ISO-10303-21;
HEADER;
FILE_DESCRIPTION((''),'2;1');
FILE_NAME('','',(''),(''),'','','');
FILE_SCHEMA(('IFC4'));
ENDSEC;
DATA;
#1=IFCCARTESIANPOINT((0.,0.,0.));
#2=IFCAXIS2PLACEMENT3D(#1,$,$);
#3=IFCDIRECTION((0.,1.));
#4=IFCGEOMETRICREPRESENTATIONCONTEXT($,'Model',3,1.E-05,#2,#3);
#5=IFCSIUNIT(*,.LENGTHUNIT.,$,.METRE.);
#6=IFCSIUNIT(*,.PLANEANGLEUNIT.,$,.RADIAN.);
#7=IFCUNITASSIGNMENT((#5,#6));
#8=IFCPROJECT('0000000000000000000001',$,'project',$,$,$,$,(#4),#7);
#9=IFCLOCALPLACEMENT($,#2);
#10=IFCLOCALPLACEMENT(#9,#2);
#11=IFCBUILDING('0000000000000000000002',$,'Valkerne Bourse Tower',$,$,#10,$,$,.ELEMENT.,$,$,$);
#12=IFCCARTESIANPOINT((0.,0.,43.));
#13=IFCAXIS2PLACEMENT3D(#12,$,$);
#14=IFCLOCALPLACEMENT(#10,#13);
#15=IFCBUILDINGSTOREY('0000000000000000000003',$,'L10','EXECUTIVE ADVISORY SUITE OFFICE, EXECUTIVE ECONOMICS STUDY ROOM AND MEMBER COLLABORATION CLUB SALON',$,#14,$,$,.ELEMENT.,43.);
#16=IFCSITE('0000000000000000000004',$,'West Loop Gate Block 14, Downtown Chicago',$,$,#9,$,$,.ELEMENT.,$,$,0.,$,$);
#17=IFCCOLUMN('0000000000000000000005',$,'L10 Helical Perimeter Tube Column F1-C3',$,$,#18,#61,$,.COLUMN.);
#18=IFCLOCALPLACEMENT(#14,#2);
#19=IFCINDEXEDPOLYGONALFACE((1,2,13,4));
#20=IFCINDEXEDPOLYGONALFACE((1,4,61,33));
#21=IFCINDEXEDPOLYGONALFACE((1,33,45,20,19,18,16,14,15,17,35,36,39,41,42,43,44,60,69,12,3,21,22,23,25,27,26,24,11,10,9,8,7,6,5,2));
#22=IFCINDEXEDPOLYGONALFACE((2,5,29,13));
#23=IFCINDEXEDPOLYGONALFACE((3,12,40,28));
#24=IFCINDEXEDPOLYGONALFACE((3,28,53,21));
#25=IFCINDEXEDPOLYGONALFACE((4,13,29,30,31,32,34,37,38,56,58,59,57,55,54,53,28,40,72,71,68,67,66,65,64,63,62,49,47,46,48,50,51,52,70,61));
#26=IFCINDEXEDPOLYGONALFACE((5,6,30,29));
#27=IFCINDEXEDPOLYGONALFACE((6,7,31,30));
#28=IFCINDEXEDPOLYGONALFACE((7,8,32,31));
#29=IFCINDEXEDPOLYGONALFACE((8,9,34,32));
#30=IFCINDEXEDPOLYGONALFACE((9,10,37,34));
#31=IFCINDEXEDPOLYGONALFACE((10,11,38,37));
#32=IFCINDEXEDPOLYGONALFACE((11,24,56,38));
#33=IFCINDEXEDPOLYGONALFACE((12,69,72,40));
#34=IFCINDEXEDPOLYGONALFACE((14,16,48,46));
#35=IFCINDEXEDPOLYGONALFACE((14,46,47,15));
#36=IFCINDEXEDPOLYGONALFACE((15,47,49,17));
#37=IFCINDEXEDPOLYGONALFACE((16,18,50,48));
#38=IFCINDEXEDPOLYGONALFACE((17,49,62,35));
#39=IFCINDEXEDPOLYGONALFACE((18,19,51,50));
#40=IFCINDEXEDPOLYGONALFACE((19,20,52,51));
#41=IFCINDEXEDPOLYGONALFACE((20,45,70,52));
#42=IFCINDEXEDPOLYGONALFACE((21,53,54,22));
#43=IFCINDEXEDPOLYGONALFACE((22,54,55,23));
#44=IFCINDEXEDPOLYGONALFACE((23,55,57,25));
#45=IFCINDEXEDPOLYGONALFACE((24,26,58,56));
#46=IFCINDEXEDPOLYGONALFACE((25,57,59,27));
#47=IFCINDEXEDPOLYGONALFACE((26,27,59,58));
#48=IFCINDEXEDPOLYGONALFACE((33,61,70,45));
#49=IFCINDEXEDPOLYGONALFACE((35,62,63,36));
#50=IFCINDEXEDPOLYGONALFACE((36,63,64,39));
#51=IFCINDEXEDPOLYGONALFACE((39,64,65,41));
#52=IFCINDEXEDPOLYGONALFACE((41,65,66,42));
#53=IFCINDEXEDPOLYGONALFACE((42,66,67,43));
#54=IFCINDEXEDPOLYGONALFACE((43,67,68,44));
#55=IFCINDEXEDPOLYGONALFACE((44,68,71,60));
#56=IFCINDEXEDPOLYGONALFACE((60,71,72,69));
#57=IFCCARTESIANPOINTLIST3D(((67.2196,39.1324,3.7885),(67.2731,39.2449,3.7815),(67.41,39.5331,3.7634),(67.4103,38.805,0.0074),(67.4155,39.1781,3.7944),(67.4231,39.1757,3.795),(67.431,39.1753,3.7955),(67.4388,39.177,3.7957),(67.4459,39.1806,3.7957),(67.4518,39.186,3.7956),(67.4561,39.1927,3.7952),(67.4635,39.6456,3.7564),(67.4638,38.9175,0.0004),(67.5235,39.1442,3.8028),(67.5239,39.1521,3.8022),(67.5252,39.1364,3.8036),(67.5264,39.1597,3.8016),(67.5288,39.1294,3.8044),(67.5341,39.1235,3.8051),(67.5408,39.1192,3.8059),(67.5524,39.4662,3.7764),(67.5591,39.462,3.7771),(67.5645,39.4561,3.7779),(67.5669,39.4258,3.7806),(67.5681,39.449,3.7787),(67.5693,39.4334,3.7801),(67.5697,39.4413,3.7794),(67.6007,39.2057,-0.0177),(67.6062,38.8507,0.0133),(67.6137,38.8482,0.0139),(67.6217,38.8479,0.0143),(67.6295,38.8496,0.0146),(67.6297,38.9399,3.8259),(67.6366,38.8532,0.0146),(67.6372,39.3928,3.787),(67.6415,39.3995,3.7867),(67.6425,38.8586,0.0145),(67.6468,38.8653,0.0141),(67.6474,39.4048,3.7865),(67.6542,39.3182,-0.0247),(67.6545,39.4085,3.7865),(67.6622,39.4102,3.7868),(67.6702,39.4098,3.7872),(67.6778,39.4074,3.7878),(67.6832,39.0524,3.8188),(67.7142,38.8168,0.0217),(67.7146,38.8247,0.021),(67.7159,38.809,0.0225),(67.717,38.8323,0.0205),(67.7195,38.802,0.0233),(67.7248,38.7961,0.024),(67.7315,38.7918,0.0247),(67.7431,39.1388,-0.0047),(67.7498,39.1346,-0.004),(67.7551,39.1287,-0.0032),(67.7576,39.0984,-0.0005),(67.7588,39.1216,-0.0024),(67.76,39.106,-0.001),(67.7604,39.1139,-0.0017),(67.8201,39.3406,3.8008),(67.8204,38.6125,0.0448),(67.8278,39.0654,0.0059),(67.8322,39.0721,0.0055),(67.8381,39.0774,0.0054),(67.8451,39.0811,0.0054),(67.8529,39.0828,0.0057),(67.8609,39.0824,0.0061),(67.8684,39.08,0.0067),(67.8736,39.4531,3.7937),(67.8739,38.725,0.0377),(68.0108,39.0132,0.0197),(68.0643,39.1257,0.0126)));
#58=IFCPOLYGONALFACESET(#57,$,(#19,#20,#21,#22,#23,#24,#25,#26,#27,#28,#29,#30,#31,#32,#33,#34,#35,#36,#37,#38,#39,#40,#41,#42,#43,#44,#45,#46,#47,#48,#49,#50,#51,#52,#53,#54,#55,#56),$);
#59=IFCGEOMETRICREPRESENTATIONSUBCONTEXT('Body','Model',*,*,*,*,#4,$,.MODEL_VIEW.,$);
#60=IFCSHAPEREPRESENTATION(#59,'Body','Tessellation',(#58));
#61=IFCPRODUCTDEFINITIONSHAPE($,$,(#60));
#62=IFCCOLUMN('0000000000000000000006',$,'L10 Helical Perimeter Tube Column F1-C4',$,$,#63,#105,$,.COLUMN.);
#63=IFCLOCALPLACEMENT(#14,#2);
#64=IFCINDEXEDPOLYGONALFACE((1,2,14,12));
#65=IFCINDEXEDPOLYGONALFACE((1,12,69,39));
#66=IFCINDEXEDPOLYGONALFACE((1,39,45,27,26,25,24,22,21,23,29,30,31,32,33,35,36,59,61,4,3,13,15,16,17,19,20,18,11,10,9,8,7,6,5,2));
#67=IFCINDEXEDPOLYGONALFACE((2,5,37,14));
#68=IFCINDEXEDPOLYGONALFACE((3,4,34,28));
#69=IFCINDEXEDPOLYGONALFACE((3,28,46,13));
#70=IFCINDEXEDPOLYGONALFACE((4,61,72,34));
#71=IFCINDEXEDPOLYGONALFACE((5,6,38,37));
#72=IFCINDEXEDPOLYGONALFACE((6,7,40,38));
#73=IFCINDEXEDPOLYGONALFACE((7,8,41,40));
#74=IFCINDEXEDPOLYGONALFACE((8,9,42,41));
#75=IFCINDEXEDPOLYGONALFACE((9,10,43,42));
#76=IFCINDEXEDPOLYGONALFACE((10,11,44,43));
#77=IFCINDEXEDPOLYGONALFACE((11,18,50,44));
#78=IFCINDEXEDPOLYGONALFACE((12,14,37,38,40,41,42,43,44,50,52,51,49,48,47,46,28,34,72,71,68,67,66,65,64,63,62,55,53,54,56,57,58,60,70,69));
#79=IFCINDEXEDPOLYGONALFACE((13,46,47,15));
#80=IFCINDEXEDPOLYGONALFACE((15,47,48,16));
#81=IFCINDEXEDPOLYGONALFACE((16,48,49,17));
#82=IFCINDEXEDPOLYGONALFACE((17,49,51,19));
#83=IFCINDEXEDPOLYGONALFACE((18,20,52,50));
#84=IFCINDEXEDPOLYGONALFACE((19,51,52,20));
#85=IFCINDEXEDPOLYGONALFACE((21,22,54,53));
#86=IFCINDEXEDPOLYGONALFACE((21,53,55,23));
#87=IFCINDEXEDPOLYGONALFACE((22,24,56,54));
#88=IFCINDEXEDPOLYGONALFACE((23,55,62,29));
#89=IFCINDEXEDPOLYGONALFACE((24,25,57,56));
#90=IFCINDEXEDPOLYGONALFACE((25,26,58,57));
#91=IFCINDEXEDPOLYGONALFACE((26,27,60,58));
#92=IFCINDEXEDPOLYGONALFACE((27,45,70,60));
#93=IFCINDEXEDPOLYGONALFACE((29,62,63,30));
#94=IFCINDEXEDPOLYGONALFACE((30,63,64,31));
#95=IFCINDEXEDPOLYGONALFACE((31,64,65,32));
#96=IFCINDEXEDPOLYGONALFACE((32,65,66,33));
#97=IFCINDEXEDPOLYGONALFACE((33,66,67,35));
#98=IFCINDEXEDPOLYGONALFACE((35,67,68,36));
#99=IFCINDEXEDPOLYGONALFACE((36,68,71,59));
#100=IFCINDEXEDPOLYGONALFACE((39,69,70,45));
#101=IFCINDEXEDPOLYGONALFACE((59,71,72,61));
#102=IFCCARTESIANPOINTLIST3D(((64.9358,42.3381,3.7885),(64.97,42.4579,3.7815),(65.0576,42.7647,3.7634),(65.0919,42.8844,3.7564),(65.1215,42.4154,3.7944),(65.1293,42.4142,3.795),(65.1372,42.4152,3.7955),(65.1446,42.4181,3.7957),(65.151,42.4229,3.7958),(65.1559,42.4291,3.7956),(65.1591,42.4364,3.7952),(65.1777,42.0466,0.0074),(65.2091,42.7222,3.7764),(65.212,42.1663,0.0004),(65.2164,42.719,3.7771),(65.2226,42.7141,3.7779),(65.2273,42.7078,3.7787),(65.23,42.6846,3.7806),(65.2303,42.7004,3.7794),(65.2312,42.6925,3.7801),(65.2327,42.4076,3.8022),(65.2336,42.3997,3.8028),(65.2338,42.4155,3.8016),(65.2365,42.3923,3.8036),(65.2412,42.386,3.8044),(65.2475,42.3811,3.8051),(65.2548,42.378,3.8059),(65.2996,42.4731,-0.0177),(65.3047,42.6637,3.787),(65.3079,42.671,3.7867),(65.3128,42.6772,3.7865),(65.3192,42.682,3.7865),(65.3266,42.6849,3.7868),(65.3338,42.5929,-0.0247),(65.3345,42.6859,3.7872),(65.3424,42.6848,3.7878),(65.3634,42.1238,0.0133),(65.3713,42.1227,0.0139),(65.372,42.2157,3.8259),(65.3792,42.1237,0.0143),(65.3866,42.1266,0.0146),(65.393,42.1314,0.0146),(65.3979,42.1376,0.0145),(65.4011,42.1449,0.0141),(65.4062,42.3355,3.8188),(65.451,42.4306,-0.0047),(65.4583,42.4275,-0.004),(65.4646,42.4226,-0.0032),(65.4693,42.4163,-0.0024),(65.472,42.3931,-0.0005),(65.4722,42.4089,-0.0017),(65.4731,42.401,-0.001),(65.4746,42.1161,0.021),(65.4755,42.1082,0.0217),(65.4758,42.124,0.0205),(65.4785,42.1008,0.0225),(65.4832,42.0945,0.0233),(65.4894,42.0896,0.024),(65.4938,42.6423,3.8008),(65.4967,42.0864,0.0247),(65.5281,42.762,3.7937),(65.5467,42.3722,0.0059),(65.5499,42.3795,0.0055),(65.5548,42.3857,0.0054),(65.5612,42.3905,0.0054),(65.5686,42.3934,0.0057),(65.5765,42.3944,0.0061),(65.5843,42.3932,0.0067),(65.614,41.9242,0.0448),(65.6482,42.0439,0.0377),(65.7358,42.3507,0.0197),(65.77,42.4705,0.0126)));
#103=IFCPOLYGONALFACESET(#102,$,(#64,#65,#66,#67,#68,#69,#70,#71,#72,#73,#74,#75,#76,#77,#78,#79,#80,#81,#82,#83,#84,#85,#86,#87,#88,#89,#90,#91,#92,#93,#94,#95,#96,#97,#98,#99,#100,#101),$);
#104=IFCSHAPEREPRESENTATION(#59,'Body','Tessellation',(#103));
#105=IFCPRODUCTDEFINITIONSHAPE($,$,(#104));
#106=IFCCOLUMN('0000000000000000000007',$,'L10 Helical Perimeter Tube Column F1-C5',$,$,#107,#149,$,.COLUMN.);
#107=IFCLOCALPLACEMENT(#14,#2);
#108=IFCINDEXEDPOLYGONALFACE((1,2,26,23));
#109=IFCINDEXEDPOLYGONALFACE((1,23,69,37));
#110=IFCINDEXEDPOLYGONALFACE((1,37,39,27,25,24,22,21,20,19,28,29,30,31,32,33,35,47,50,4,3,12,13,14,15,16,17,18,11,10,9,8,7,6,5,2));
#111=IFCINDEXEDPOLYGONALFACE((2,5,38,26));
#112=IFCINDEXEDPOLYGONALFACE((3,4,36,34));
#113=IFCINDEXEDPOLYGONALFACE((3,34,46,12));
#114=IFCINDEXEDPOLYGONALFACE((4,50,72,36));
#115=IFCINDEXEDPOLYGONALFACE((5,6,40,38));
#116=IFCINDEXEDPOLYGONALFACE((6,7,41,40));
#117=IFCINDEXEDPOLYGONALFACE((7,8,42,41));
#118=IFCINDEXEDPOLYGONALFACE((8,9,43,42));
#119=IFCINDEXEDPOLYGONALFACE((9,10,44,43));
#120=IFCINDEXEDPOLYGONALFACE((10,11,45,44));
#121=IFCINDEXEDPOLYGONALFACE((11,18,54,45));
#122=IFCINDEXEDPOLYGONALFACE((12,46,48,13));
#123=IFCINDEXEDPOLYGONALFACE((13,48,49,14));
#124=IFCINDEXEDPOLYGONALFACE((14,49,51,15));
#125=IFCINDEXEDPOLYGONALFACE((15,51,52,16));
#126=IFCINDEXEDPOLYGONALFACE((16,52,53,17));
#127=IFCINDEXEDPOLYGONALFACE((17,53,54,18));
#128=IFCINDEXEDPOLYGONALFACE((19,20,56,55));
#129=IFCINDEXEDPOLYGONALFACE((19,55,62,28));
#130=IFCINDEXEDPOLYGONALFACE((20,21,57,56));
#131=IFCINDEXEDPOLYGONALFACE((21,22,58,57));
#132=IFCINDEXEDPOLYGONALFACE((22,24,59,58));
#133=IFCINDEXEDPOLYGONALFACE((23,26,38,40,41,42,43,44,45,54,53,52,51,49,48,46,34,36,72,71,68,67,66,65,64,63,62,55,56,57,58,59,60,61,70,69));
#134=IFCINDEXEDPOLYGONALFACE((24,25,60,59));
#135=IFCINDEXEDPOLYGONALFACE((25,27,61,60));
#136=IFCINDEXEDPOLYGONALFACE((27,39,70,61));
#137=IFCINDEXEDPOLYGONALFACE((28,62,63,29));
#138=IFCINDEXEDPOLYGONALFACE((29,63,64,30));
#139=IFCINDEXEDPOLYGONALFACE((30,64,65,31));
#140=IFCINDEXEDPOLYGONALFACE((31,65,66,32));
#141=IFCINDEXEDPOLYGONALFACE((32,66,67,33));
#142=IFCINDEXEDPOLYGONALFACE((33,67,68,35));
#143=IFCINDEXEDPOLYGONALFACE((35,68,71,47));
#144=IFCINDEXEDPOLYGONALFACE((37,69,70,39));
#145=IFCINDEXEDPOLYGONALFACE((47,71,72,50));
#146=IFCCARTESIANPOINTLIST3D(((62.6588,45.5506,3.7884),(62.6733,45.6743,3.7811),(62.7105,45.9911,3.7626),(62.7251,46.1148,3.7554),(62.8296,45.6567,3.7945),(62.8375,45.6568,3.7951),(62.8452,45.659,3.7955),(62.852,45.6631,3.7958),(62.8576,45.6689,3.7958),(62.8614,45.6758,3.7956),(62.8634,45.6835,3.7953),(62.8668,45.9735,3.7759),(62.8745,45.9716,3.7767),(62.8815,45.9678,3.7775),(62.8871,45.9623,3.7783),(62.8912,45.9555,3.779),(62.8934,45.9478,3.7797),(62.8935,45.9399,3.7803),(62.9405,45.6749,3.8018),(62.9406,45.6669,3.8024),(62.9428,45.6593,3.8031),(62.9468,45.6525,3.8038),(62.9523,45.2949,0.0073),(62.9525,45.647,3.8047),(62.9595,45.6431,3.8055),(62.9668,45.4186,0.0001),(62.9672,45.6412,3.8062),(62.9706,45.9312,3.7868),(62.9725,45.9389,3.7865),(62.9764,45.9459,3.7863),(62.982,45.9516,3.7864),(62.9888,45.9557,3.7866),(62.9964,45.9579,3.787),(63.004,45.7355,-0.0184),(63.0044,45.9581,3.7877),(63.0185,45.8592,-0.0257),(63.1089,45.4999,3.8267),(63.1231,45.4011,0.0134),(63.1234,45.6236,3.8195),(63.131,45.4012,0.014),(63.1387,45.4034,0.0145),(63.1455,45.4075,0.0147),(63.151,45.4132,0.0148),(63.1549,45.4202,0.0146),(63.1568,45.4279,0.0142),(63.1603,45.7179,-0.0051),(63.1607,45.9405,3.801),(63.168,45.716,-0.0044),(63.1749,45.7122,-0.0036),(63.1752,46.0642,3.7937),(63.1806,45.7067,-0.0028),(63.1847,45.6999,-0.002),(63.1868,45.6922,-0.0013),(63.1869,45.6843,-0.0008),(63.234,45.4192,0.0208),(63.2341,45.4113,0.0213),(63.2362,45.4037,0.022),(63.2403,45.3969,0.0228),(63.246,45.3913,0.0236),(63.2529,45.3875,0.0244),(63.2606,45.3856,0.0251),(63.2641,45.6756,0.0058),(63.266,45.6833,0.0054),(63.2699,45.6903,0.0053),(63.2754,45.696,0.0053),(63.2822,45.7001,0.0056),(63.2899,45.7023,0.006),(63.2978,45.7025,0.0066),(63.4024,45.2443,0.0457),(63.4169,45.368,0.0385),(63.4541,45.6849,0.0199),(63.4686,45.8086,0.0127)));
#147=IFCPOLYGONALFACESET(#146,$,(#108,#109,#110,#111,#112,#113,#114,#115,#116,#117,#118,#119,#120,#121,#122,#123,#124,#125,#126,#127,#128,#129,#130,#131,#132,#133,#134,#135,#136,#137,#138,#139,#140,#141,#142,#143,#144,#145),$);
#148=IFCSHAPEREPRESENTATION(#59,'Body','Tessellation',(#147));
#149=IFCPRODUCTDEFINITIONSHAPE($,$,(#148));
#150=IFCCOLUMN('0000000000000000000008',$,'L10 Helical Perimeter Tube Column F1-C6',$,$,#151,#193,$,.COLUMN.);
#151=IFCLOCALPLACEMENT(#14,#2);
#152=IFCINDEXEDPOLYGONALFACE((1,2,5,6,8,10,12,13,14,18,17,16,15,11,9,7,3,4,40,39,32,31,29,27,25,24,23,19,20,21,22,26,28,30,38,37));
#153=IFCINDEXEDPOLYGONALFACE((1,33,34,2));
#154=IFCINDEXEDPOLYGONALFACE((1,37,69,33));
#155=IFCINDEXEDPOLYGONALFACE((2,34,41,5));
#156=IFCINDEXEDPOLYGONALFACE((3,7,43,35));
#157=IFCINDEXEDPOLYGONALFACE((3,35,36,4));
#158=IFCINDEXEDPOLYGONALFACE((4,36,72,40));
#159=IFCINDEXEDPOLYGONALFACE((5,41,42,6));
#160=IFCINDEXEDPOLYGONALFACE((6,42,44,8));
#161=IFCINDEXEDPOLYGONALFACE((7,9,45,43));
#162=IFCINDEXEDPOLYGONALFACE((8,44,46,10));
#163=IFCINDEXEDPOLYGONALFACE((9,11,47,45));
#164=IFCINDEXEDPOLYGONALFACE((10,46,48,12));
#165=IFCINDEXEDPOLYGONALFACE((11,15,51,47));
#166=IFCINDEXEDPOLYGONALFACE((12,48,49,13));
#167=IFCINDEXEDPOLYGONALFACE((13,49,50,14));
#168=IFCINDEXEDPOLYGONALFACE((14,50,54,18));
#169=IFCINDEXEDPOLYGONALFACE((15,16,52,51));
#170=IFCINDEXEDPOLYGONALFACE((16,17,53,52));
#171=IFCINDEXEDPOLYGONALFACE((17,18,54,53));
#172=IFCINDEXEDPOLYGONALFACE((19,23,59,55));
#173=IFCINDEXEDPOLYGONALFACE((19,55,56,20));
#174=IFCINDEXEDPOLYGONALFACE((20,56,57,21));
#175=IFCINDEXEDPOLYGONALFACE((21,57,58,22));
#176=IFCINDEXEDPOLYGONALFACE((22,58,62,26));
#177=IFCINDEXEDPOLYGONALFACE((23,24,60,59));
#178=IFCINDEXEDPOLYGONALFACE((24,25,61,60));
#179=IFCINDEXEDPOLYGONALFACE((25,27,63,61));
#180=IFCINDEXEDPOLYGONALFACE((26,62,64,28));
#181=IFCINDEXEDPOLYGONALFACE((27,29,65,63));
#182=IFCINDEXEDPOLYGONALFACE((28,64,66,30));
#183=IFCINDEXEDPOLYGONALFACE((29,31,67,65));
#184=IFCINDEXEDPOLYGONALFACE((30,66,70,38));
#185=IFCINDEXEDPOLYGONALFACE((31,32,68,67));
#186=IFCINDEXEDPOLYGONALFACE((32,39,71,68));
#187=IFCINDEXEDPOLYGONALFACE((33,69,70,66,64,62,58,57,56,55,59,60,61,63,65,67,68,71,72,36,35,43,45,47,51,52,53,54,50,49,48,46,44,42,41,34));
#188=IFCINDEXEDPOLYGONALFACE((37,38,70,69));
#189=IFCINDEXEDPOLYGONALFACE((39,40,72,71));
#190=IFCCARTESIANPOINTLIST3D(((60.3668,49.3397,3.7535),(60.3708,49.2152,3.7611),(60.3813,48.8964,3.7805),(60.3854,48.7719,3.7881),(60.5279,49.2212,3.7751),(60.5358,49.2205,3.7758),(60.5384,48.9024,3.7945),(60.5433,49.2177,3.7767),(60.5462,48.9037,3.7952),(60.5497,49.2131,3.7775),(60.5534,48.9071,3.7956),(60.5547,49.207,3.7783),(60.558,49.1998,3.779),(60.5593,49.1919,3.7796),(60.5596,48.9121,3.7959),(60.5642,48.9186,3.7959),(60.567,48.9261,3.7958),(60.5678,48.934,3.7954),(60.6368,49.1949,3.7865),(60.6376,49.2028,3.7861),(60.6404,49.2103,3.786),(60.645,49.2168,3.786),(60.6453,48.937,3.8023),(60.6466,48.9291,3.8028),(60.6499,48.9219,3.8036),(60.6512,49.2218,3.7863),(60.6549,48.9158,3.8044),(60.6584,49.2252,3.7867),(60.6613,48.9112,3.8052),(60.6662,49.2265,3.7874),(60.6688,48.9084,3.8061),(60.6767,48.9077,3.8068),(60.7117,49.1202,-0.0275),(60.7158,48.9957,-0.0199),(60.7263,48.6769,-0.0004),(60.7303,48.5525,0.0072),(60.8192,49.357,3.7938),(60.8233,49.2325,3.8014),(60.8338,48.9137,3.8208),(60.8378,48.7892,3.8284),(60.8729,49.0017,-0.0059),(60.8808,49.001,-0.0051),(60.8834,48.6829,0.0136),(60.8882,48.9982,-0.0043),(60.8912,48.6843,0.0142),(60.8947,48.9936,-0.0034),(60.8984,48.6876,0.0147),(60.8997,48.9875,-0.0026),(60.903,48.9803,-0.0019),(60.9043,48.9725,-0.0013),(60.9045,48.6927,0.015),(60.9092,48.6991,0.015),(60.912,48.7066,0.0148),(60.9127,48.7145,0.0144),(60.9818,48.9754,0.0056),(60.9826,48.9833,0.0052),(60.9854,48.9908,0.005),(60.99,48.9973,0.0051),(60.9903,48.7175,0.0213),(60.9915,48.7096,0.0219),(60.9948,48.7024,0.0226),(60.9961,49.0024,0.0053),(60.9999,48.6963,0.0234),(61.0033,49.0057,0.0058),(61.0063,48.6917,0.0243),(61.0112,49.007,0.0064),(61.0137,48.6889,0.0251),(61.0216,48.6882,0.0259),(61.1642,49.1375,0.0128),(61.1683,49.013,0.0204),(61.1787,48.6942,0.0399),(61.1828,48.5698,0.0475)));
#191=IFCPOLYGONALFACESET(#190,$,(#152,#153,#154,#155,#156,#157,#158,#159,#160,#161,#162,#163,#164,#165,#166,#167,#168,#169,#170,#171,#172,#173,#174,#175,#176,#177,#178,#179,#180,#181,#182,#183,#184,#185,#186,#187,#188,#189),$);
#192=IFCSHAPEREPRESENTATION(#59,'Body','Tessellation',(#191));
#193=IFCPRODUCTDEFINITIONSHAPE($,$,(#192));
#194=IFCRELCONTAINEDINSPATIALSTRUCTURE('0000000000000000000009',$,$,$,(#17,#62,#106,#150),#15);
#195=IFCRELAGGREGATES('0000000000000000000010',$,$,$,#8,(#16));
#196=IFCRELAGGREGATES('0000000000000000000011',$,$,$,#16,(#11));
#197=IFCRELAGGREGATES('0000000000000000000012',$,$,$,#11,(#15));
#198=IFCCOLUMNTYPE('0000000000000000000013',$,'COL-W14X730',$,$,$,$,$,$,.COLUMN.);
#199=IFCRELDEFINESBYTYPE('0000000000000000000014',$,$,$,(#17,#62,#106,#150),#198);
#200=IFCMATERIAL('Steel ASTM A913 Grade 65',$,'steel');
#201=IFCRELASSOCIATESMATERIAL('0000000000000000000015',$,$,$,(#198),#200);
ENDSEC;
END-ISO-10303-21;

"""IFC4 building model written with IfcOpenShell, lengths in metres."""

from ifc_helpers import new_model, si_unit, direction, frame, origin, origin_2d, place, context, subcontext, project, spatial, i_section, extrude, material, material_profile, profile_set, type_object, element, save


model = new_model("IFC4")

# Units and contexts
model_context = context("Model", 3, precision=1e-05, world=origin(), true_north=direction((0.0, 1.0)))
body_context = subcontext(model_context, "Body", "Model", "MODEL_VIEW")
ifc_project = project(units=[si_unit("LENGTHUNIT", "METRE"), si_unit("PLANEANGLEUNIT", "RADIAN")], contexts=[model_context])

# Site, building, storey
site_placement = place(None, origin())
site = spatial("IfcSite", under=ifc_project, at=site_placement, Name="West Loop Gate Block 14, Downtown Chicago", CompositionType="ELEMENT", RefElevation=0.0)
building_placement = place(site_placement, origin())
building = spatial("IfcBuilding", under=site, at=building_placement, Name="Valkerne Bourse Tower", CompositionType="ELEMENT")
storey_placement = place(building_placement, frame((0.0, 0.0, 43.0)))
storey = spatial("IfcBuildingStorey", under=building, at=storey_placement, Name="L10", Description="EXECUTIVE ADVISORY SUITE OFFICE, EXECUTIVE ECONOMICS STUDY ROOM AND MEMBER COLLABORATION CLUB SALON", CompositionType="ELEMENT", Elevation=43.0)

# Columns
ifc_material_1 = material(Name="Steel ASTM A913 Grade 65", Category="steel")
ifc_material_profile_1 = material_profile(ifc_material_1, i_section(OverallWidth=0.4546, OverallDepth=0.5691, WebThickness=0.0779, FlangeThickness=0.1248, FilletRadius=0.0305, at=origin_2d()), Name="W14X730")
ifc_profile_set_1 = profile_set([ifc_material_profile_1], Name="Steel ASTM A913 Grade 65")
column_type = type_object("IfcColumnType", Name="COL-W14X730", PredefinedType="COLUMN", material=ifc_profile_set_1)
for number, where, z_axis, x_axis, name in (
    (1, (67.7373, 38.9653, 0.01), (-0.050178, 0.086157, 0.995017), (0.902139, -0.423548, 0.082169), "L10 Helical Perimeter Tube Column F1-C3"),
    (2, (65.4739, 42.2585, 0.01), (-0.06367, 0.076713, 0.995018), (0.959558, -0.269254, 0.08216), "L10 Helical Perimeter Tube Column F1-C4"),
):
    element("IfcColumn", number, at=place(storey_placement, frame(where, z_axis=z_axis, x_axis=x_axis)), inside=storey, type_object=column_type, Name=name, PredefinedType="COLUMN", context=body_context, shape_type="SweptSolid", body=[
        extrude(i_section(OverallWidth=0.4546, OverallDepth=0.5691, WebThickness=0.0779, FlangeThickness=0.1248, FilletRadius=0.0305, at=origin_2d()), origin(), (0.0, 0.0, 1.0), 3.8),
    ])
column_placement = place(storey_placement, frame((63.2104, 45.5518, 0.01), z_axis=(-0.077206, 0.06725, 0.994745), x_axis=(0.990192, -0.111354, 0.08438)))
element("IfcColumn", 3, at=column_placement, inside=storey, type_object=column_type, Name="L10 Helical Perimeter Tube Column F1-C5", PredefinedType="COLUMN", context=body_context, shape_type="SweptSolid", body=[
    extrude(i_section(OverallWidth=0.4546, OverallDepth=0.5691, WebThickness=0.0779, FlangeThickness=0.1248, FilletRadius=0.0305, at=origin_2d()), origin(), (0.0, 0.0, 1.0), 3.801),
])
for number, where, z_axis, x_axis, name in (
    (4, (60.9473, 48.845, 0.01), (-0.090709, 0.057712, 0.994204), (0.99534, 0.038058, 0.088603), "L10 Helical Perimeter Tube Column F1-C6"),
):
    element("IfcColumn", number, at=place(storey_placement, frame(where, z_axis=z_axis, x_axis=x_axis)), inside=storey, type_object=column_type, Name=name, PredefinedType="COLUMN", context=body_context, shape_type="SweptSolid", body=[
        extrude(i_section(OverallWidth=0.4546, OverallDepth=0.5691, WebThickness=0.0779, FlangeThickness=0.1248, FilletRadius=0.0305, at=origin_2d()), origin(), (0.0, 0.0, 1.0), 3.803),
    ])

save(model, "model.ifc")
